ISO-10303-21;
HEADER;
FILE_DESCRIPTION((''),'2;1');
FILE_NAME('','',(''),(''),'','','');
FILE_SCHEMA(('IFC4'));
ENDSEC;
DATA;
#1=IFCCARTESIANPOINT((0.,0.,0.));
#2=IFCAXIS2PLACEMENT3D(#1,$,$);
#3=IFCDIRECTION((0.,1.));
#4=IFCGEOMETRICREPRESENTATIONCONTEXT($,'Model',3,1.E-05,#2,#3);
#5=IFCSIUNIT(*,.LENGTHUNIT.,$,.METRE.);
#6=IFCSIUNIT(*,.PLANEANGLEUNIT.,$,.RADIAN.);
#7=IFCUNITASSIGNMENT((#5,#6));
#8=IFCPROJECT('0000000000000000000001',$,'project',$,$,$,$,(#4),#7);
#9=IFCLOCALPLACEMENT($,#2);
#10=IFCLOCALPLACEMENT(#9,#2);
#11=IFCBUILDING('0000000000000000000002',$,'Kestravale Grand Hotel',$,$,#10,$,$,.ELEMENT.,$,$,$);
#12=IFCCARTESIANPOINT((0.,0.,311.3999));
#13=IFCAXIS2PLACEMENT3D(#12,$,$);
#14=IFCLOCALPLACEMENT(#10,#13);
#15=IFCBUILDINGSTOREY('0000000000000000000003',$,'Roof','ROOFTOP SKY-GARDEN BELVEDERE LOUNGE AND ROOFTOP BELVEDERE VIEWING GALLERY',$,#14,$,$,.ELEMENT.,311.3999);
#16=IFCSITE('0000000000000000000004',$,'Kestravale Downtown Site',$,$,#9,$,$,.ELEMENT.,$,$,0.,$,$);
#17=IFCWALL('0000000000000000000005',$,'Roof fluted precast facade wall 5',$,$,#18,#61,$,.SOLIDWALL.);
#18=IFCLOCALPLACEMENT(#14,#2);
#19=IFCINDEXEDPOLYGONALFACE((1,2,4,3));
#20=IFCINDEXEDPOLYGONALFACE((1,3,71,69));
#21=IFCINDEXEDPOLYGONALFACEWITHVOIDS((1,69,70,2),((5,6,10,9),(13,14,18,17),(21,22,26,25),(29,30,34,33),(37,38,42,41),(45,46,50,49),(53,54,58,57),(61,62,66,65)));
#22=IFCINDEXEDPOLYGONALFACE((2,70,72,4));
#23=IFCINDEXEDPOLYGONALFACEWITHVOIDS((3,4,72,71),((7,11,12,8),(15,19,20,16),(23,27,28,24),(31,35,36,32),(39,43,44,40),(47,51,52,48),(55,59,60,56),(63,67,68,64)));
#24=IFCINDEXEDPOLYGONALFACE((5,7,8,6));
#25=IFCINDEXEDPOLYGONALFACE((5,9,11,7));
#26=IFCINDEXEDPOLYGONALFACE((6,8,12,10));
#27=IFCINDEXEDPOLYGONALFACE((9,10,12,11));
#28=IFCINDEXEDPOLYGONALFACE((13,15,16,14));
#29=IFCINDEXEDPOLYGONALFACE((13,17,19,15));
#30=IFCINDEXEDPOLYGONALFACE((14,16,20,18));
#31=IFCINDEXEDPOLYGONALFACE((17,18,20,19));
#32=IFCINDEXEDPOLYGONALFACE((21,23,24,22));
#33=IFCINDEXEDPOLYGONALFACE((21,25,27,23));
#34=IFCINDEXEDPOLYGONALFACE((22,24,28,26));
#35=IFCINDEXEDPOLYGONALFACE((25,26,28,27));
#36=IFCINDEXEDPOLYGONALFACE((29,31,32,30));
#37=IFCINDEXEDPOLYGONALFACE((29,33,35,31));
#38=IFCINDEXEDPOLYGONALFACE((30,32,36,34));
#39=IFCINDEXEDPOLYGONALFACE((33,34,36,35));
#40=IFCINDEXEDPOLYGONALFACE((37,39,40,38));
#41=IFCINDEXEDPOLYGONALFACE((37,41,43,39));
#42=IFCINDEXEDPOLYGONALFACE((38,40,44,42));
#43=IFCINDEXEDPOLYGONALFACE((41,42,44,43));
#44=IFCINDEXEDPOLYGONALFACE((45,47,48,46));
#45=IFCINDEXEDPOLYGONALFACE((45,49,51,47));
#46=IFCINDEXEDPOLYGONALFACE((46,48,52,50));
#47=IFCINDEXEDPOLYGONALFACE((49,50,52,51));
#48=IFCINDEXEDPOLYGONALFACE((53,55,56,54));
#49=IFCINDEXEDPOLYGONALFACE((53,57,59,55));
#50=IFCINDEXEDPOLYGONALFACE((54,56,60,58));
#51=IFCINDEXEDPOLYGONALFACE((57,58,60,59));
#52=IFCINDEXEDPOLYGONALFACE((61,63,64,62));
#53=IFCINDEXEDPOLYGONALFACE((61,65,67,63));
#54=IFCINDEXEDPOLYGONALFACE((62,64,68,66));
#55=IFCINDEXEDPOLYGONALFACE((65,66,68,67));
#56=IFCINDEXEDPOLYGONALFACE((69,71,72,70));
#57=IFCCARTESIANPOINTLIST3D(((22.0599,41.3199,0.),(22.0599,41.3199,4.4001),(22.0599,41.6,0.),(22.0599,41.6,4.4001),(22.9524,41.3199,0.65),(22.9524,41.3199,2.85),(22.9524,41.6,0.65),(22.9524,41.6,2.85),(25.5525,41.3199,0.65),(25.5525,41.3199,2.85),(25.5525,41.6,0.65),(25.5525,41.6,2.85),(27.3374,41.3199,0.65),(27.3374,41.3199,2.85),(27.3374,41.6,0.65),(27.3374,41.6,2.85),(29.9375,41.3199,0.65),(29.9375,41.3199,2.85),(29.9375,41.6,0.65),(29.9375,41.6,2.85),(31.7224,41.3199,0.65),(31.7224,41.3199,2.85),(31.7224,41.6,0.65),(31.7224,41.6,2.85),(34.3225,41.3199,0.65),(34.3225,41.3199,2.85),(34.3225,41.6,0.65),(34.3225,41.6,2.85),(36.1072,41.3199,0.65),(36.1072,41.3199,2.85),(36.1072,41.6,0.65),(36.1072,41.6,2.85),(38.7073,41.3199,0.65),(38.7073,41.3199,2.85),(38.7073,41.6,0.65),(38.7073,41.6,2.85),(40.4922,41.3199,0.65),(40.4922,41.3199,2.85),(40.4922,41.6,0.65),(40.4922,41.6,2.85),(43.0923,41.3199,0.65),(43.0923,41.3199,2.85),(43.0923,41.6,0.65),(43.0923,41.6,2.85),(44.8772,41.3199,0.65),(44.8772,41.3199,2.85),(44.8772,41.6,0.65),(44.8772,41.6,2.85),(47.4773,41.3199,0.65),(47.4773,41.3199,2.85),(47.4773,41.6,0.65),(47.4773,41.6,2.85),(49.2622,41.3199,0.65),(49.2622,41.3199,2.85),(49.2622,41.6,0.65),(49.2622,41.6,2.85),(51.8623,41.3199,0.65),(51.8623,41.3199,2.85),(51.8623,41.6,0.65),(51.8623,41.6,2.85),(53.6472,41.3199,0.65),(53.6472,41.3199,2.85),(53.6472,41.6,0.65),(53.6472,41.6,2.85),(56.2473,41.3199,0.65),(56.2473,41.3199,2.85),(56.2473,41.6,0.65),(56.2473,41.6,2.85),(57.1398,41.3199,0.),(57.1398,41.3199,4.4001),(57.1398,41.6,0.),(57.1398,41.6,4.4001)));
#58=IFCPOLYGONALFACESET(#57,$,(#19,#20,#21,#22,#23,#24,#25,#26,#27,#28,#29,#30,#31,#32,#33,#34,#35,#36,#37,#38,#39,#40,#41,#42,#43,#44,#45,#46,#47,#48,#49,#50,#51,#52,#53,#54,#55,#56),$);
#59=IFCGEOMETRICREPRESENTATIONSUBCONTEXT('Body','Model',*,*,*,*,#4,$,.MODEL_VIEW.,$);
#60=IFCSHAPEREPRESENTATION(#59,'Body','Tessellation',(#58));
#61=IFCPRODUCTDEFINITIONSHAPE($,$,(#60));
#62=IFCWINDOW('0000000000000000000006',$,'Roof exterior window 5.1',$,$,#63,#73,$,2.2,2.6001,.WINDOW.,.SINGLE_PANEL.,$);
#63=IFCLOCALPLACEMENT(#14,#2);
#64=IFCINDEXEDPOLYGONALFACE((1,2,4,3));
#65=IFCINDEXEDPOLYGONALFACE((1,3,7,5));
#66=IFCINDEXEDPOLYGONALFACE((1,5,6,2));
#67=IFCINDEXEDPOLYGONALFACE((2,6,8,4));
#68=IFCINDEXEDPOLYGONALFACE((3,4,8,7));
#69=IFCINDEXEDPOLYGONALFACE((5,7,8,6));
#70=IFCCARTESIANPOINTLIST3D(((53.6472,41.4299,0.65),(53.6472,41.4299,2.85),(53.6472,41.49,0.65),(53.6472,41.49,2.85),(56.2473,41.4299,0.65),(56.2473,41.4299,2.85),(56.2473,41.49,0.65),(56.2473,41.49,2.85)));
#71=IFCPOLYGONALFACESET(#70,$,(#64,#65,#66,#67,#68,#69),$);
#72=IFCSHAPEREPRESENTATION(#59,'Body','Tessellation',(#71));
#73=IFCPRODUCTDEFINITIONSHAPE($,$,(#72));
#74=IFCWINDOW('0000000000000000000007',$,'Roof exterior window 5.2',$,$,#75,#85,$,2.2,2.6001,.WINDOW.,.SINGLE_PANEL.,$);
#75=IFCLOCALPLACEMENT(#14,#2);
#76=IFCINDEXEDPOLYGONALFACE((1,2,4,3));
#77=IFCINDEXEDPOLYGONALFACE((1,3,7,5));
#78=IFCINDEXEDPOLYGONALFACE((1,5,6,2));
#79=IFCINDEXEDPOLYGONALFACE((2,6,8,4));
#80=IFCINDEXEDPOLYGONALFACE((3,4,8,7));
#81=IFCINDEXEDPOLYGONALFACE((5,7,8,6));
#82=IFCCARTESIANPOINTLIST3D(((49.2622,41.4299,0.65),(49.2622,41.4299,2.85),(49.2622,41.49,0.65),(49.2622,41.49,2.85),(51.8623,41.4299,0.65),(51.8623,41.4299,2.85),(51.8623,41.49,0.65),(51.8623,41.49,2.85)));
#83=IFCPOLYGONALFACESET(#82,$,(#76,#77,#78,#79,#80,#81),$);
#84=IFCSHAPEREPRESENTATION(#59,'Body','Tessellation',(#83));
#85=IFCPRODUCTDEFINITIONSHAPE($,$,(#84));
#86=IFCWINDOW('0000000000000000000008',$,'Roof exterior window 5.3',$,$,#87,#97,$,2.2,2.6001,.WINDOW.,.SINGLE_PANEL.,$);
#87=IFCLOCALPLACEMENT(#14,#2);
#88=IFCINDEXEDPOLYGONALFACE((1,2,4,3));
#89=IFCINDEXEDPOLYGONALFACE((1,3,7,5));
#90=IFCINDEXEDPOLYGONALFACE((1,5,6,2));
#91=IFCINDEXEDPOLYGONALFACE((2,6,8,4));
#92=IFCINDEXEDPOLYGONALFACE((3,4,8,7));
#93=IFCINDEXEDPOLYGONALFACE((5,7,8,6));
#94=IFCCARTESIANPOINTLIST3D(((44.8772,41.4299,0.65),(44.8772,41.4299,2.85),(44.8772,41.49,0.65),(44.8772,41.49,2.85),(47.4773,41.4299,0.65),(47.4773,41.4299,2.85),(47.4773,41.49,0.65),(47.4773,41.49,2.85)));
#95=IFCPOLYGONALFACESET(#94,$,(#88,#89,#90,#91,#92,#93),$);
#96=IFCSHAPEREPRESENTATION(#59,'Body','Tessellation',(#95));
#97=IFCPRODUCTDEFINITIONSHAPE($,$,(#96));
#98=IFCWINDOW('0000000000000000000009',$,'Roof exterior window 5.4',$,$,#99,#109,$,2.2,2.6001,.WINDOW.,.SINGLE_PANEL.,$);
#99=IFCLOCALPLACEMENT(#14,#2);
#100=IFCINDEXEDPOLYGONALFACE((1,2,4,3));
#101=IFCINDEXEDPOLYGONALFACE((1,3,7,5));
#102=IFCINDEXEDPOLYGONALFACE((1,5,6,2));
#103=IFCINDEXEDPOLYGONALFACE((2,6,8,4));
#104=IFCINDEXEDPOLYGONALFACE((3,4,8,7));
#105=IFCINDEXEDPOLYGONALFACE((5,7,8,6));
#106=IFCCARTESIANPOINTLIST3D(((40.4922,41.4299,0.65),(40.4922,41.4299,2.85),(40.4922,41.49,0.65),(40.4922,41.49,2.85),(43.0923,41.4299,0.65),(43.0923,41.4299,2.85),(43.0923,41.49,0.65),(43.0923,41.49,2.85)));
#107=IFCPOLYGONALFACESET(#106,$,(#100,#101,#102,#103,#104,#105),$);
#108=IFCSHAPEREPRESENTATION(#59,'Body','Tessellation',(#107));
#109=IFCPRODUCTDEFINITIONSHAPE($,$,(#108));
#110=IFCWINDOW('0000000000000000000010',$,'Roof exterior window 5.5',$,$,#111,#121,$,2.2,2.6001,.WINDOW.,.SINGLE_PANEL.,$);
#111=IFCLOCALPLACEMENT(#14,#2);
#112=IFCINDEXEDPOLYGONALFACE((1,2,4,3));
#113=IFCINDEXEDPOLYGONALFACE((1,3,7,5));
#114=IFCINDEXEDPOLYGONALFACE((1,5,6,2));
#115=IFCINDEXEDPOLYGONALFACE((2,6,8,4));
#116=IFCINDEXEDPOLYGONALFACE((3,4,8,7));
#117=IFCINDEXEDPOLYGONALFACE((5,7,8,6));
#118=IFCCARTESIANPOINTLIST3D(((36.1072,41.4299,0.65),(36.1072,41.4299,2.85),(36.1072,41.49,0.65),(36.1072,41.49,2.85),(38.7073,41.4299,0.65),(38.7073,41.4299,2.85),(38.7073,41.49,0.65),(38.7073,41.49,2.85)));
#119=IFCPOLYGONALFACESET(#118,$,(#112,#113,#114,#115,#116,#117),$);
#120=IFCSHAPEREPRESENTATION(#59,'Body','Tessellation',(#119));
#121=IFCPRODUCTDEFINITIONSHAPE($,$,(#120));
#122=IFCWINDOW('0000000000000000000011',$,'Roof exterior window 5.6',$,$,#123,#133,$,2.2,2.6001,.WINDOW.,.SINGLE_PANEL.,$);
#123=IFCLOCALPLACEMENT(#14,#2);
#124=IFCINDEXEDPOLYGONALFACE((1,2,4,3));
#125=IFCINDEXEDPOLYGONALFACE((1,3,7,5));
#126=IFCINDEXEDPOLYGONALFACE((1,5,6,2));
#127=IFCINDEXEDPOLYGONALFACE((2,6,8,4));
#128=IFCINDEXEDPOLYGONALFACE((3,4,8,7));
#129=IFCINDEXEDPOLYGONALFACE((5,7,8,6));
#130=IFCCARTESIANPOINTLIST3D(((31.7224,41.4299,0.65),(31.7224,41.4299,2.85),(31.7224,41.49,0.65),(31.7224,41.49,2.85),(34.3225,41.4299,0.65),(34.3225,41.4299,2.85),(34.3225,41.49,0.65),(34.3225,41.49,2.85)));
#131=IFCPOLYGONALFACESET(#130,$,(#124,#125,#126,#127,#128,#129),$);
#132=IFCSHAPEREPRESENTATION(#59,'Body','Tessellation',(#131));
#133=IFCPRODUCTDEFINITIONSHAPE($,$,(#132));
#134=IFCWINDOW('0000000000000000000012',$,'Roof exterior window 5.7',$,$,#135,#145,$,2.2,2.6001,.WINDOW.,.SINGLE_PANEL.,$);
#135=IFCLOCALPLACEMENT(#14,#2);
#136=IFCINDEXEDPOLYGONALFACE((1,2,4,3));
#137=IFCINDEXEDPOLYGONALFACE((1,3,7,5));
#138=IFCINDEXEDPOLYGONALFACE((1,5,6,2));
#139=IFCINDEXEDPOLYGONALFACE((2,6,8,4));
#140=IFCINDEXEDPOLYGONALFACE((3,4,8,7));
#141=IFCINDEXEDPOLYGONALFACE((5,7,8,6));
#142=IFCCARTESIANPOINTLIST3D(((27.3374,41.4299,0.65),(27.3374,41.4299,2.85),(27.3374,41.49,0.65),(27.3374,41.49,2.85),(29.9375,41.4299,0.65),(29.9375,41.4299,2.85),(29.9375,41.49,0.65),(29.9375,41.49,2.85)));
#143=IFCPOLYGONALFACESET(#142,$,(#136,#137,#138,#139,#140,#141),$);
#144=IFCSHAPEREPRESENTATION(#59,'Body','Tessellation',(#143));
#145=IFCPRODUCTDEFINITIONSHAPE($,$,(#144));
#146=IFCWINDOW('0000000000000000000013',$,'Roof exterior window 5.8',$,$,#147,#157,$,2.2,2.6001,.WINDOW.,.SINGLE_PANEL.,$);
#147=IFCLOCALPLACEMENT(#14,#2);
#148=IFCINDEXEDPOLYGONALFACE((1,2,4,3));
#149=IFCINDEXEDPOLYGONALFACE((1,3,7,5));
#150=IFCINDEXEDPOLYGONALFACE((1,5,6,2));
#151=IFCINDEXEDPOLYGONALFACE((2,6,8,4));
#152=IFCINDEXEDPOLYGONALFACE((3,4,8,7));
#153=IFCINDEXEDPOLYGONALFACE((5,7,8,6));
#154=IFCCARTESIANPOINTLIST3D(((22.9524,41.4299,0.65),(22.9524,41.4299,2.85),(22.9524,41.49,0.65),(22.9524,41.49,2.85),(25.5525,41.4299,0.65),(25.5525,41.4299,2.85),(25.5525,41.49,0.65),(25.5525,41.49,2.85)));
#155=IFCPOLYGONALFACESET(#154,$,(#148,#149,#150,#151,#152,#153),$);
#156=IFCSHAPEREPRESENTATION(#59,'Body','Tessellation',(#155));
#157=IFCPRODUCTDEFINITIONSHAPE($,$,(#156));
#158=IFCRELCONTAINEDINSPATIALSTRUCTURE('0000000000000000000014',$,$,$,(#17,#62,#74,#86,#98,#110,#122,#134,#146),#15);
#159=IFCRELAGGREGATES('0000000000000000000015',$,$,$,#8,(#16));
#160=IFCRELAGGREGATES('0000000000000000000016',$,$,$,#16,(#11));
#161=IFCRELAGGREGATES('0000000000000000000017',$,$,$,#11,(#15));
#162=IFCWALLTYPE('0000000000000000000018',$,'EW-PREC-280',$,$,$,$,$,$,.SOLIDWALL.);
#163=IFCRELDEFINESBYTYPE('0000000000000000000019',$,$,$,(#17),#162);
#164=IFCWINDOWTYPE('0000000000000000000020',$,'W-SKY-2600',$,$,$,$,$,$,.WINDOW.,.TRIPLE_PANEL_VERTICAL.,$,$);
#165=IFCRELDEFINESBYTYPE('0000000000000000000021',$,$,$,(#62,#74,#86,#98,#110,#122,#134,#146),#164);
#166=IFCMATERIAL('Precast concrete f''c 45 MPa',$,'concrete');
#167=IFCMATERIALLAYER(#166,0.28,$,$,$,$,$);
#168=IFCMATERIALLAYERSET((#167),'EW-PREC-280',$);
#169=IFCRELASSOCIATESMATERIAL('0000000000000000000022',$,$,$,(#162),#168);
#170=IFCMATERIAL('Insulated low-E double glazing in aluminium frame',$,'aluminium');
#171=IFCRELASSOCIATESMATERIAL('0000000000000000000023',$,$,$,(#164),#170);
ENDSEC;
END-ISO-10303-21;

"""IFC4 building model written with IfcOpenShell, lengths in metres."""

from ifc_helpers import new_model, si_unit, direction, frame, frame_2d, origin, place, context, subcontext, project, spatial, rectangle, extrude, material, layer, layer_set, type_object, element, fill, save


model = new_model("IFC4")

# Units and contexts
model_context = context("Model", 3, precision=1e-05, world=origin(), true_north=direction((0.0, 1.0)))
body_context = subcontext(model_context, "Body", "Model", "MODEL_VIEW")
ifc_project = project(units=[si_unit("LENGTHUNIT", "METRE"), si_unit("PLANEANGLEUNIT", "RADIAN")], contexts=[model_context])

# Site, building, storey
site_placement = place(None, origin())
site = spatial("IfcSite", under=ifc_project, at=site_placement, Name="Kestravale Downtown Site", CompositionType="ELEMENT", RefElevation=0.0)
building_placement = place(site_placement, origin())
building = spatial("IfcBuilding", under=site, at=building_placement, Name="Kestravale Grand Hotel", CompositionType="ELEMENT")
storey_placement = place(building_placement, frame((0.0, 0.0, 311.3999)))
storey = spatial("IfcBuildingStorey", under=building, at=storey_placement, Name="Roof", Description="ROOFTOP SKY-GARDEN BELVEDERE LOUNGE AND ROOFTOP BELVEDERE VIEWING GALLERY", CompositionType="ELEMENT", Elevation=311.3999)

# Shared definitions
ifc_material_1 = material(Name="Precast concrete f'c 45 MPa", Category="concrete")
ifc_layer_1 = layer(ifc_material_1, 0.28)
ifc_layer_set_1 = layer_set([ifc_layer_1], Name="EW-PREC-280")
wall_type_1 = type_object("IfcWallType", Name="EW-PREC-280", PredefinedType="SOLIDWALL", material=ifc_layer_set_1)

# Wall, openings, windows
wall_1_placement = place(storey_placement, frame((57.1399, 41.46, 0.0), z_axis=(0.0, 0.0, 1.0), x_axis=(-1.0, 0.0, 0.0)))
wall_1 = element("IfcWall", 1, at=wall_1_placement, inside=storey, type_object=wall_type_1, Name="Roof fluted precast facade wall 5", PredefinedType="SOLIDWALL", context=body_context, shape_type="SweptSolid", body=[
    extrude(rectangle(XDim=35.0798, YDim=0.28, at=frame_2d((17.54, 0.0))), origin(), (0.0, 0.0, 1.0), 4.4001),
])
opening_1_placement = place(wall_1_placement, frame((0.8926, 0.0, 0.6499)))
opening_1 = element("IfcOpeningElement", 2, at=opening_1_placement, cuts=wall_1, PredefinedType="OPENING", context=body_context, shape_type="SweptSolid", body=[
    extrude(rectangle(XDim=2.6001, YDim=2.2, at=frame_2d((1.3, 1.1001))), frame((0.0, 0.1499, 0.0), z_axis=(0.0, -1.0, 0.0), x_axis=(1.0, 0.0, 0.0)), (0.0, 0.0, 1.0), 0.3),
])
opening_2_placement = place(wall_1_placement, frame((5.2776, 0.0, 0.6499)))
opening_2 = element("IfcOpeningElement", 3, at=opening_2_placement, cuts=wall_1, PredefinedType="OPENING", context=body_context, shape_type="SweptSolid", body=[
    extrude(rectangle(XDim=2.6001, YDim=2.2, at=frame_2d((1.3, 1.1001))), frame((0.0, 0.1499, 0.0), z_axis=(0.0, -1.0, 0.0), x_axis=(1.0, 0.0, 0.0)), (0.0, 0.0, 1.0), 0.3),
])
opening_3_placement = place(wall_1_placement, frame((9.6626, 0.0, 0.6499)))
opening_3 = element("IfcOpeningElement", 4, at=opening_3_placement, cuts=wall_1, PredefinedType="OPENING", context=body_context, shape_type="SweptSolid", body=[
    extrude(rectangle(XDim=2.6001, YDim=2.2, at=frame_2d((1.3, 1.1001))), frame((0.0, 0.1499, 0.0), z_axis=(0.0, -1.0, 0.0), x_axis=(1.0, 0.0, 0.0)), (0.0, 0.0, 1.0), 0.3),
])
opening_4_placement = place(wall_1_placement, frame((14.0476, 0.0, 0.6499)))
opening_4 = element("IfcOpeningElement", 5, at=opening_4_placement, cuts=wall_1, PredefinedType="OPENING", context=body_context, shape_type="SweptSolid", body=[
    extrude(rectangle(XDim=2.6001, YDim=2.2, at=frame_2d((1.3, 1.1001))), frame((0.0, 0.1499, 0.0), z_axis=(0.0, -1.0, 0.0), x_axis=(1.0, 0.0, 0.0)), (0.0, 0.0, 1.0), 0.3),
])
opening_5_placement = place(wall_1_placement, frame((18.4326, 0.0, 0.6499)))
opening_5 = element("IfcOpeningElement", 6, at=opening_5_placement, cuts=wall_1, PredefinedType="OPENING", context=body_context, shape_type="SweptSolid", body=[
    extrude(rectangle(XDim=2.6001, YDim=2.2, at=frame_2d((1.3, 1.1001))), frame((0.0, 0.1499, 0.0), z_axis=(0.0, -1.0, 0.0), x_axis=(1.0, 0.0, 0.0)), (0.0, 0.0, 1.0), 0.3),
])
opening_6_placement = place(wall_1_placement, frame((22.8174, 0.0, 0.6499)))
opening_6 = element("IfcOpeningElement", 7, at=opening_6_placement, cuts=wall_1, PredefinedType="OPENING", context=body_context, shape_type="SweptSolid", body=[
    extrude(rectangle(XDim=2.6001, YDim=2.2, at=frame_2d((1.3, 1.1001))), frame((0.0, 0.1499, 0.0), z_axis=(0.0, -1.0, 0.0), x_axis=(1.0, 0.0, 0.0)), (0.0, 0.0, 1.0), 0.3),
])
opening_7_placement = place(wall_1_placement, frame((27.2024, 0.0, 0.6499)))
opening_7 = element("IfcOpeningElement", 8, at=opening_7_placement, cuts=wall_1, PredefinedType="OPENING", context=body_context, shape_type="SweptSolid", body=[
    extrude(rectangle(XDim=2.6001, YDim=2.2, at=frame_2d((1.3, 1.1001))), frame((0.0, 0.1499, 0.0), z_axis=(0.0, -1.0, 0.0), x_axis=(1.0, 0.0, 0.0)), (0.0, 0.0, 1.0), 0.3),
])
opening_8_placement = place(wall_1_placement, frame((31.5874, 0.0, 0.6499)))
opening_8 = element("IfcOpeningElement", 9, at=opening_8_placement, cuts=wall_1, PredefinedType="OPENING", context=body_context, shape_type="SweptSolid", body=[
    extrude(rectangle(XDim=2.6001, YDim=2.2, at=frame_2d((1.3, 1.1001))), frame((0.0, 0.1499, 0.0), z_axis=(0.0, -1.0, 0.0), x_axis=(1.0, 0.0, 0.0)), (0.0, 0.0, 1.0), 0.3),
])
ifc_material_2 = material(Name="Insulated low-E double glazing in aluminium frame", Category="aluminium")
window_type = type_object("IfcWindowType", Name="W-SKY-2600", PartitioningType="TRIPLE_PANEL_VERTICAL", PredefinedType="WINDOW", material=ifc_material_2)
window_1_placement = place(opening_1_placement, origin())
window_1 = element("IfcWindow", 10, at=window_1_placement, inside=storey, type_object=window_type, Name="Roof exterior window 5.1", OverallHeight=2.2, OverallWidth=2.6001, PartitioningType="SINGLE_PANEL", PredefinedType="WINDOW", context=body_context, shape_type="SweptSolid", body=[
    extrude(rectangle(XDim=2.6001, YDim=2.2, at=frame_2d((1.3, 1.1001))), frame((0.0, 0.03, 0.0), z_axis=(0.0, -1.0, 0.0), x_axis=(1.0, 0.0, 0.0)), (0.0, 0.0, 1.0), 0.0601),
])
fill(opening_1, window_1)
window_2_placement = place(opening_2_placement, origin())
window_2 = element("IfcWindow", 11, at=window_2_placement, inside=storey, type_object=window_type, Name="Roof exterior window 5.2", OverallHeight=2.2, OverallWidth=2.6001, PartitioningType="SINGLE_PANEL", PredefinedType="WINDOW", context=body_context, shape_type="SweptSolid", body=[
    extrude(rectangle(XDim=2.6001, YDim=2.2, at=frame_2d((1.3, 1.1001))), frame((0.0, 0.03, 0.0), z_axis=(0.0, -1.0, 0.0), x_axis=(1.0, 0.0, 0.0)), (0.0, 0.0, 1.0), 0.0601),
])
fill(opening_2, window_2)
window_3_placement = place(opening_3_placement, origin())
window_3 = element("IfcWindow", 12, at=window_3_placement, inside=storey, type_object=window_type, Name="Roof exterior window 5.3", OverallHeight=2.2, OverallWidth=2.6001, PartitioningType="SINGLE_PANEL", PredefinedType="WINDOW", context=body_context, shape_type="SweptSolid", body=[
    extrude(rectangle(XDim=2.6001, YDim=2.2, at=frame_2d((1.3, 1.1001))), frame((0.0, 0.03, 0.0), z_axis=(0.0, -1.0, 0.0), x_axis=(1.0, 0.0, 0.0)), (0.0, 0.0, 1.0), 0.0601),
])
fill(opening_3, window_3)
window_4_placement = place(opening_4_placement, origin())
window_4 = element("IfcWindow", 13, at=window_4_placement, inside=storey, type_object=window_type, Name="Roof exterior window 5.4", OverallHeight=2.2, OverallWidth=2.6001, PartitioningType="SINGLE_PANEL", PredefinedType="WINDOW", context=body_context, shape_type="SweptSolid", body=[
    extrude(rectangle(XDim=2.6001, YDim=2.2, at=frame_2d((1.3, 1.1001))), frame((0.0, 0.03, 0.0), z_axis=(0.0, -1.0, 0.0), x_axis=(1.0, 0.0, 0.0)), (0.0, 0.0, 1.0), 0.0601),
])
fill(opening_4, window_4)
window_5_placement = place(opening_5_placement, origin())
window_5 = element("IfcWindow", 14, at=window_5_placement, inside=storey, type_object=window_type, Name="Roof exterior window 5.5", OverallHeight=2.2, OverallWidth=2.6001, PartitioningType="SINGLE_PANEL", PredefinedType="WINDOW", context=body_context, shape_type="SweptSolid", body=[
    extrude(rectangle(XDim=2.6001, YDim=2.2, at=frame_2d((1.3, 1.1001))), frame((0.0, 0.03, 0.0), z_axis=(0.0, -1.0, 0.0), x_axis=(1.0, 0.0, 0.0)), (0.0, 0.0, 1.0), 0.0601),
])
fill(opening_5, window_5)
window_6_placement = place(opening_6_placement, origin())
window_6 = element("IfcWindow", 15, at=window_6_placement, inside=storey, type_object=window_type, Name="Roof exterior window 5.6", OverallHeight=2.2, OverallWidth=2.6001, PartitioningType="SINGLE_PANEL", PredefinedType="WINDOW", context=body_context, shape_type="SweptSolid", body=[
    extrude(rectangle(XDim=2.6001, YDim=2.2, at=frame_2d((1.3, 1.1001))), frame((0.0, 0.03, 0.0), z_axis=(0.0, -1.0, 0.0), x_axis=(1.0, 0.0, 0.0)), (0.0, 0.0, 1.0), 0.0601),
])
fill(opening_6, window_6)
window_7_placement = place(opening_7_placement, origin())
window_7 = element("IfcWindow", 16, at=window_7_placement, inside=storey, type_object=window_type, Name="Roof exterior window 5.7", OverallHeight=2.2, OverallWidth=2.6001, PartitioningType="SINGLE_PANEL", PredefinedType="WINDOW", context=body_context, shape_type="SweptSolid", body=[
    extrude(rectangle(XDim=2.6001, YDim=2.2, at=frame_2d((1.3, 1.1001))), frame((0.0, 0.03, 0.0), z_axis=(0.0, -1.0, 0.0), x_axis=(1.0, 0.0, 0.0)), (0.0, 0.0, 1.0), 0.0601),
])
fill(opening_7, window_7)
window_8_placement = place(opening_8_placement, origin())
window_8 = element("IfcWindow", 17, at=window_8_placement, inside=storey, type_object=window_type, Name="Roof exterior window 5.8", OverallHeight=2.2, OverallWidth=2.6001, PartitioningType="SINGLE_PANEL", PredefinedType="WINDOW", context=body_context, shape_type="SweptSolid", body=[
    extrude(rectangle(XDim=2.6001, YDim=2.2, at=frame_2d((1.3, 1.1001))), frame((0.0, 0.03, 0.0), z_axis=(0.0, -1.0, 0.0), x_axis=(1.0, 0.0, 0.0)), (0.0, 0.0, 1.0), 0.0601),
])
fill(opening_8, window_8)

save(model, "model.ifc")
